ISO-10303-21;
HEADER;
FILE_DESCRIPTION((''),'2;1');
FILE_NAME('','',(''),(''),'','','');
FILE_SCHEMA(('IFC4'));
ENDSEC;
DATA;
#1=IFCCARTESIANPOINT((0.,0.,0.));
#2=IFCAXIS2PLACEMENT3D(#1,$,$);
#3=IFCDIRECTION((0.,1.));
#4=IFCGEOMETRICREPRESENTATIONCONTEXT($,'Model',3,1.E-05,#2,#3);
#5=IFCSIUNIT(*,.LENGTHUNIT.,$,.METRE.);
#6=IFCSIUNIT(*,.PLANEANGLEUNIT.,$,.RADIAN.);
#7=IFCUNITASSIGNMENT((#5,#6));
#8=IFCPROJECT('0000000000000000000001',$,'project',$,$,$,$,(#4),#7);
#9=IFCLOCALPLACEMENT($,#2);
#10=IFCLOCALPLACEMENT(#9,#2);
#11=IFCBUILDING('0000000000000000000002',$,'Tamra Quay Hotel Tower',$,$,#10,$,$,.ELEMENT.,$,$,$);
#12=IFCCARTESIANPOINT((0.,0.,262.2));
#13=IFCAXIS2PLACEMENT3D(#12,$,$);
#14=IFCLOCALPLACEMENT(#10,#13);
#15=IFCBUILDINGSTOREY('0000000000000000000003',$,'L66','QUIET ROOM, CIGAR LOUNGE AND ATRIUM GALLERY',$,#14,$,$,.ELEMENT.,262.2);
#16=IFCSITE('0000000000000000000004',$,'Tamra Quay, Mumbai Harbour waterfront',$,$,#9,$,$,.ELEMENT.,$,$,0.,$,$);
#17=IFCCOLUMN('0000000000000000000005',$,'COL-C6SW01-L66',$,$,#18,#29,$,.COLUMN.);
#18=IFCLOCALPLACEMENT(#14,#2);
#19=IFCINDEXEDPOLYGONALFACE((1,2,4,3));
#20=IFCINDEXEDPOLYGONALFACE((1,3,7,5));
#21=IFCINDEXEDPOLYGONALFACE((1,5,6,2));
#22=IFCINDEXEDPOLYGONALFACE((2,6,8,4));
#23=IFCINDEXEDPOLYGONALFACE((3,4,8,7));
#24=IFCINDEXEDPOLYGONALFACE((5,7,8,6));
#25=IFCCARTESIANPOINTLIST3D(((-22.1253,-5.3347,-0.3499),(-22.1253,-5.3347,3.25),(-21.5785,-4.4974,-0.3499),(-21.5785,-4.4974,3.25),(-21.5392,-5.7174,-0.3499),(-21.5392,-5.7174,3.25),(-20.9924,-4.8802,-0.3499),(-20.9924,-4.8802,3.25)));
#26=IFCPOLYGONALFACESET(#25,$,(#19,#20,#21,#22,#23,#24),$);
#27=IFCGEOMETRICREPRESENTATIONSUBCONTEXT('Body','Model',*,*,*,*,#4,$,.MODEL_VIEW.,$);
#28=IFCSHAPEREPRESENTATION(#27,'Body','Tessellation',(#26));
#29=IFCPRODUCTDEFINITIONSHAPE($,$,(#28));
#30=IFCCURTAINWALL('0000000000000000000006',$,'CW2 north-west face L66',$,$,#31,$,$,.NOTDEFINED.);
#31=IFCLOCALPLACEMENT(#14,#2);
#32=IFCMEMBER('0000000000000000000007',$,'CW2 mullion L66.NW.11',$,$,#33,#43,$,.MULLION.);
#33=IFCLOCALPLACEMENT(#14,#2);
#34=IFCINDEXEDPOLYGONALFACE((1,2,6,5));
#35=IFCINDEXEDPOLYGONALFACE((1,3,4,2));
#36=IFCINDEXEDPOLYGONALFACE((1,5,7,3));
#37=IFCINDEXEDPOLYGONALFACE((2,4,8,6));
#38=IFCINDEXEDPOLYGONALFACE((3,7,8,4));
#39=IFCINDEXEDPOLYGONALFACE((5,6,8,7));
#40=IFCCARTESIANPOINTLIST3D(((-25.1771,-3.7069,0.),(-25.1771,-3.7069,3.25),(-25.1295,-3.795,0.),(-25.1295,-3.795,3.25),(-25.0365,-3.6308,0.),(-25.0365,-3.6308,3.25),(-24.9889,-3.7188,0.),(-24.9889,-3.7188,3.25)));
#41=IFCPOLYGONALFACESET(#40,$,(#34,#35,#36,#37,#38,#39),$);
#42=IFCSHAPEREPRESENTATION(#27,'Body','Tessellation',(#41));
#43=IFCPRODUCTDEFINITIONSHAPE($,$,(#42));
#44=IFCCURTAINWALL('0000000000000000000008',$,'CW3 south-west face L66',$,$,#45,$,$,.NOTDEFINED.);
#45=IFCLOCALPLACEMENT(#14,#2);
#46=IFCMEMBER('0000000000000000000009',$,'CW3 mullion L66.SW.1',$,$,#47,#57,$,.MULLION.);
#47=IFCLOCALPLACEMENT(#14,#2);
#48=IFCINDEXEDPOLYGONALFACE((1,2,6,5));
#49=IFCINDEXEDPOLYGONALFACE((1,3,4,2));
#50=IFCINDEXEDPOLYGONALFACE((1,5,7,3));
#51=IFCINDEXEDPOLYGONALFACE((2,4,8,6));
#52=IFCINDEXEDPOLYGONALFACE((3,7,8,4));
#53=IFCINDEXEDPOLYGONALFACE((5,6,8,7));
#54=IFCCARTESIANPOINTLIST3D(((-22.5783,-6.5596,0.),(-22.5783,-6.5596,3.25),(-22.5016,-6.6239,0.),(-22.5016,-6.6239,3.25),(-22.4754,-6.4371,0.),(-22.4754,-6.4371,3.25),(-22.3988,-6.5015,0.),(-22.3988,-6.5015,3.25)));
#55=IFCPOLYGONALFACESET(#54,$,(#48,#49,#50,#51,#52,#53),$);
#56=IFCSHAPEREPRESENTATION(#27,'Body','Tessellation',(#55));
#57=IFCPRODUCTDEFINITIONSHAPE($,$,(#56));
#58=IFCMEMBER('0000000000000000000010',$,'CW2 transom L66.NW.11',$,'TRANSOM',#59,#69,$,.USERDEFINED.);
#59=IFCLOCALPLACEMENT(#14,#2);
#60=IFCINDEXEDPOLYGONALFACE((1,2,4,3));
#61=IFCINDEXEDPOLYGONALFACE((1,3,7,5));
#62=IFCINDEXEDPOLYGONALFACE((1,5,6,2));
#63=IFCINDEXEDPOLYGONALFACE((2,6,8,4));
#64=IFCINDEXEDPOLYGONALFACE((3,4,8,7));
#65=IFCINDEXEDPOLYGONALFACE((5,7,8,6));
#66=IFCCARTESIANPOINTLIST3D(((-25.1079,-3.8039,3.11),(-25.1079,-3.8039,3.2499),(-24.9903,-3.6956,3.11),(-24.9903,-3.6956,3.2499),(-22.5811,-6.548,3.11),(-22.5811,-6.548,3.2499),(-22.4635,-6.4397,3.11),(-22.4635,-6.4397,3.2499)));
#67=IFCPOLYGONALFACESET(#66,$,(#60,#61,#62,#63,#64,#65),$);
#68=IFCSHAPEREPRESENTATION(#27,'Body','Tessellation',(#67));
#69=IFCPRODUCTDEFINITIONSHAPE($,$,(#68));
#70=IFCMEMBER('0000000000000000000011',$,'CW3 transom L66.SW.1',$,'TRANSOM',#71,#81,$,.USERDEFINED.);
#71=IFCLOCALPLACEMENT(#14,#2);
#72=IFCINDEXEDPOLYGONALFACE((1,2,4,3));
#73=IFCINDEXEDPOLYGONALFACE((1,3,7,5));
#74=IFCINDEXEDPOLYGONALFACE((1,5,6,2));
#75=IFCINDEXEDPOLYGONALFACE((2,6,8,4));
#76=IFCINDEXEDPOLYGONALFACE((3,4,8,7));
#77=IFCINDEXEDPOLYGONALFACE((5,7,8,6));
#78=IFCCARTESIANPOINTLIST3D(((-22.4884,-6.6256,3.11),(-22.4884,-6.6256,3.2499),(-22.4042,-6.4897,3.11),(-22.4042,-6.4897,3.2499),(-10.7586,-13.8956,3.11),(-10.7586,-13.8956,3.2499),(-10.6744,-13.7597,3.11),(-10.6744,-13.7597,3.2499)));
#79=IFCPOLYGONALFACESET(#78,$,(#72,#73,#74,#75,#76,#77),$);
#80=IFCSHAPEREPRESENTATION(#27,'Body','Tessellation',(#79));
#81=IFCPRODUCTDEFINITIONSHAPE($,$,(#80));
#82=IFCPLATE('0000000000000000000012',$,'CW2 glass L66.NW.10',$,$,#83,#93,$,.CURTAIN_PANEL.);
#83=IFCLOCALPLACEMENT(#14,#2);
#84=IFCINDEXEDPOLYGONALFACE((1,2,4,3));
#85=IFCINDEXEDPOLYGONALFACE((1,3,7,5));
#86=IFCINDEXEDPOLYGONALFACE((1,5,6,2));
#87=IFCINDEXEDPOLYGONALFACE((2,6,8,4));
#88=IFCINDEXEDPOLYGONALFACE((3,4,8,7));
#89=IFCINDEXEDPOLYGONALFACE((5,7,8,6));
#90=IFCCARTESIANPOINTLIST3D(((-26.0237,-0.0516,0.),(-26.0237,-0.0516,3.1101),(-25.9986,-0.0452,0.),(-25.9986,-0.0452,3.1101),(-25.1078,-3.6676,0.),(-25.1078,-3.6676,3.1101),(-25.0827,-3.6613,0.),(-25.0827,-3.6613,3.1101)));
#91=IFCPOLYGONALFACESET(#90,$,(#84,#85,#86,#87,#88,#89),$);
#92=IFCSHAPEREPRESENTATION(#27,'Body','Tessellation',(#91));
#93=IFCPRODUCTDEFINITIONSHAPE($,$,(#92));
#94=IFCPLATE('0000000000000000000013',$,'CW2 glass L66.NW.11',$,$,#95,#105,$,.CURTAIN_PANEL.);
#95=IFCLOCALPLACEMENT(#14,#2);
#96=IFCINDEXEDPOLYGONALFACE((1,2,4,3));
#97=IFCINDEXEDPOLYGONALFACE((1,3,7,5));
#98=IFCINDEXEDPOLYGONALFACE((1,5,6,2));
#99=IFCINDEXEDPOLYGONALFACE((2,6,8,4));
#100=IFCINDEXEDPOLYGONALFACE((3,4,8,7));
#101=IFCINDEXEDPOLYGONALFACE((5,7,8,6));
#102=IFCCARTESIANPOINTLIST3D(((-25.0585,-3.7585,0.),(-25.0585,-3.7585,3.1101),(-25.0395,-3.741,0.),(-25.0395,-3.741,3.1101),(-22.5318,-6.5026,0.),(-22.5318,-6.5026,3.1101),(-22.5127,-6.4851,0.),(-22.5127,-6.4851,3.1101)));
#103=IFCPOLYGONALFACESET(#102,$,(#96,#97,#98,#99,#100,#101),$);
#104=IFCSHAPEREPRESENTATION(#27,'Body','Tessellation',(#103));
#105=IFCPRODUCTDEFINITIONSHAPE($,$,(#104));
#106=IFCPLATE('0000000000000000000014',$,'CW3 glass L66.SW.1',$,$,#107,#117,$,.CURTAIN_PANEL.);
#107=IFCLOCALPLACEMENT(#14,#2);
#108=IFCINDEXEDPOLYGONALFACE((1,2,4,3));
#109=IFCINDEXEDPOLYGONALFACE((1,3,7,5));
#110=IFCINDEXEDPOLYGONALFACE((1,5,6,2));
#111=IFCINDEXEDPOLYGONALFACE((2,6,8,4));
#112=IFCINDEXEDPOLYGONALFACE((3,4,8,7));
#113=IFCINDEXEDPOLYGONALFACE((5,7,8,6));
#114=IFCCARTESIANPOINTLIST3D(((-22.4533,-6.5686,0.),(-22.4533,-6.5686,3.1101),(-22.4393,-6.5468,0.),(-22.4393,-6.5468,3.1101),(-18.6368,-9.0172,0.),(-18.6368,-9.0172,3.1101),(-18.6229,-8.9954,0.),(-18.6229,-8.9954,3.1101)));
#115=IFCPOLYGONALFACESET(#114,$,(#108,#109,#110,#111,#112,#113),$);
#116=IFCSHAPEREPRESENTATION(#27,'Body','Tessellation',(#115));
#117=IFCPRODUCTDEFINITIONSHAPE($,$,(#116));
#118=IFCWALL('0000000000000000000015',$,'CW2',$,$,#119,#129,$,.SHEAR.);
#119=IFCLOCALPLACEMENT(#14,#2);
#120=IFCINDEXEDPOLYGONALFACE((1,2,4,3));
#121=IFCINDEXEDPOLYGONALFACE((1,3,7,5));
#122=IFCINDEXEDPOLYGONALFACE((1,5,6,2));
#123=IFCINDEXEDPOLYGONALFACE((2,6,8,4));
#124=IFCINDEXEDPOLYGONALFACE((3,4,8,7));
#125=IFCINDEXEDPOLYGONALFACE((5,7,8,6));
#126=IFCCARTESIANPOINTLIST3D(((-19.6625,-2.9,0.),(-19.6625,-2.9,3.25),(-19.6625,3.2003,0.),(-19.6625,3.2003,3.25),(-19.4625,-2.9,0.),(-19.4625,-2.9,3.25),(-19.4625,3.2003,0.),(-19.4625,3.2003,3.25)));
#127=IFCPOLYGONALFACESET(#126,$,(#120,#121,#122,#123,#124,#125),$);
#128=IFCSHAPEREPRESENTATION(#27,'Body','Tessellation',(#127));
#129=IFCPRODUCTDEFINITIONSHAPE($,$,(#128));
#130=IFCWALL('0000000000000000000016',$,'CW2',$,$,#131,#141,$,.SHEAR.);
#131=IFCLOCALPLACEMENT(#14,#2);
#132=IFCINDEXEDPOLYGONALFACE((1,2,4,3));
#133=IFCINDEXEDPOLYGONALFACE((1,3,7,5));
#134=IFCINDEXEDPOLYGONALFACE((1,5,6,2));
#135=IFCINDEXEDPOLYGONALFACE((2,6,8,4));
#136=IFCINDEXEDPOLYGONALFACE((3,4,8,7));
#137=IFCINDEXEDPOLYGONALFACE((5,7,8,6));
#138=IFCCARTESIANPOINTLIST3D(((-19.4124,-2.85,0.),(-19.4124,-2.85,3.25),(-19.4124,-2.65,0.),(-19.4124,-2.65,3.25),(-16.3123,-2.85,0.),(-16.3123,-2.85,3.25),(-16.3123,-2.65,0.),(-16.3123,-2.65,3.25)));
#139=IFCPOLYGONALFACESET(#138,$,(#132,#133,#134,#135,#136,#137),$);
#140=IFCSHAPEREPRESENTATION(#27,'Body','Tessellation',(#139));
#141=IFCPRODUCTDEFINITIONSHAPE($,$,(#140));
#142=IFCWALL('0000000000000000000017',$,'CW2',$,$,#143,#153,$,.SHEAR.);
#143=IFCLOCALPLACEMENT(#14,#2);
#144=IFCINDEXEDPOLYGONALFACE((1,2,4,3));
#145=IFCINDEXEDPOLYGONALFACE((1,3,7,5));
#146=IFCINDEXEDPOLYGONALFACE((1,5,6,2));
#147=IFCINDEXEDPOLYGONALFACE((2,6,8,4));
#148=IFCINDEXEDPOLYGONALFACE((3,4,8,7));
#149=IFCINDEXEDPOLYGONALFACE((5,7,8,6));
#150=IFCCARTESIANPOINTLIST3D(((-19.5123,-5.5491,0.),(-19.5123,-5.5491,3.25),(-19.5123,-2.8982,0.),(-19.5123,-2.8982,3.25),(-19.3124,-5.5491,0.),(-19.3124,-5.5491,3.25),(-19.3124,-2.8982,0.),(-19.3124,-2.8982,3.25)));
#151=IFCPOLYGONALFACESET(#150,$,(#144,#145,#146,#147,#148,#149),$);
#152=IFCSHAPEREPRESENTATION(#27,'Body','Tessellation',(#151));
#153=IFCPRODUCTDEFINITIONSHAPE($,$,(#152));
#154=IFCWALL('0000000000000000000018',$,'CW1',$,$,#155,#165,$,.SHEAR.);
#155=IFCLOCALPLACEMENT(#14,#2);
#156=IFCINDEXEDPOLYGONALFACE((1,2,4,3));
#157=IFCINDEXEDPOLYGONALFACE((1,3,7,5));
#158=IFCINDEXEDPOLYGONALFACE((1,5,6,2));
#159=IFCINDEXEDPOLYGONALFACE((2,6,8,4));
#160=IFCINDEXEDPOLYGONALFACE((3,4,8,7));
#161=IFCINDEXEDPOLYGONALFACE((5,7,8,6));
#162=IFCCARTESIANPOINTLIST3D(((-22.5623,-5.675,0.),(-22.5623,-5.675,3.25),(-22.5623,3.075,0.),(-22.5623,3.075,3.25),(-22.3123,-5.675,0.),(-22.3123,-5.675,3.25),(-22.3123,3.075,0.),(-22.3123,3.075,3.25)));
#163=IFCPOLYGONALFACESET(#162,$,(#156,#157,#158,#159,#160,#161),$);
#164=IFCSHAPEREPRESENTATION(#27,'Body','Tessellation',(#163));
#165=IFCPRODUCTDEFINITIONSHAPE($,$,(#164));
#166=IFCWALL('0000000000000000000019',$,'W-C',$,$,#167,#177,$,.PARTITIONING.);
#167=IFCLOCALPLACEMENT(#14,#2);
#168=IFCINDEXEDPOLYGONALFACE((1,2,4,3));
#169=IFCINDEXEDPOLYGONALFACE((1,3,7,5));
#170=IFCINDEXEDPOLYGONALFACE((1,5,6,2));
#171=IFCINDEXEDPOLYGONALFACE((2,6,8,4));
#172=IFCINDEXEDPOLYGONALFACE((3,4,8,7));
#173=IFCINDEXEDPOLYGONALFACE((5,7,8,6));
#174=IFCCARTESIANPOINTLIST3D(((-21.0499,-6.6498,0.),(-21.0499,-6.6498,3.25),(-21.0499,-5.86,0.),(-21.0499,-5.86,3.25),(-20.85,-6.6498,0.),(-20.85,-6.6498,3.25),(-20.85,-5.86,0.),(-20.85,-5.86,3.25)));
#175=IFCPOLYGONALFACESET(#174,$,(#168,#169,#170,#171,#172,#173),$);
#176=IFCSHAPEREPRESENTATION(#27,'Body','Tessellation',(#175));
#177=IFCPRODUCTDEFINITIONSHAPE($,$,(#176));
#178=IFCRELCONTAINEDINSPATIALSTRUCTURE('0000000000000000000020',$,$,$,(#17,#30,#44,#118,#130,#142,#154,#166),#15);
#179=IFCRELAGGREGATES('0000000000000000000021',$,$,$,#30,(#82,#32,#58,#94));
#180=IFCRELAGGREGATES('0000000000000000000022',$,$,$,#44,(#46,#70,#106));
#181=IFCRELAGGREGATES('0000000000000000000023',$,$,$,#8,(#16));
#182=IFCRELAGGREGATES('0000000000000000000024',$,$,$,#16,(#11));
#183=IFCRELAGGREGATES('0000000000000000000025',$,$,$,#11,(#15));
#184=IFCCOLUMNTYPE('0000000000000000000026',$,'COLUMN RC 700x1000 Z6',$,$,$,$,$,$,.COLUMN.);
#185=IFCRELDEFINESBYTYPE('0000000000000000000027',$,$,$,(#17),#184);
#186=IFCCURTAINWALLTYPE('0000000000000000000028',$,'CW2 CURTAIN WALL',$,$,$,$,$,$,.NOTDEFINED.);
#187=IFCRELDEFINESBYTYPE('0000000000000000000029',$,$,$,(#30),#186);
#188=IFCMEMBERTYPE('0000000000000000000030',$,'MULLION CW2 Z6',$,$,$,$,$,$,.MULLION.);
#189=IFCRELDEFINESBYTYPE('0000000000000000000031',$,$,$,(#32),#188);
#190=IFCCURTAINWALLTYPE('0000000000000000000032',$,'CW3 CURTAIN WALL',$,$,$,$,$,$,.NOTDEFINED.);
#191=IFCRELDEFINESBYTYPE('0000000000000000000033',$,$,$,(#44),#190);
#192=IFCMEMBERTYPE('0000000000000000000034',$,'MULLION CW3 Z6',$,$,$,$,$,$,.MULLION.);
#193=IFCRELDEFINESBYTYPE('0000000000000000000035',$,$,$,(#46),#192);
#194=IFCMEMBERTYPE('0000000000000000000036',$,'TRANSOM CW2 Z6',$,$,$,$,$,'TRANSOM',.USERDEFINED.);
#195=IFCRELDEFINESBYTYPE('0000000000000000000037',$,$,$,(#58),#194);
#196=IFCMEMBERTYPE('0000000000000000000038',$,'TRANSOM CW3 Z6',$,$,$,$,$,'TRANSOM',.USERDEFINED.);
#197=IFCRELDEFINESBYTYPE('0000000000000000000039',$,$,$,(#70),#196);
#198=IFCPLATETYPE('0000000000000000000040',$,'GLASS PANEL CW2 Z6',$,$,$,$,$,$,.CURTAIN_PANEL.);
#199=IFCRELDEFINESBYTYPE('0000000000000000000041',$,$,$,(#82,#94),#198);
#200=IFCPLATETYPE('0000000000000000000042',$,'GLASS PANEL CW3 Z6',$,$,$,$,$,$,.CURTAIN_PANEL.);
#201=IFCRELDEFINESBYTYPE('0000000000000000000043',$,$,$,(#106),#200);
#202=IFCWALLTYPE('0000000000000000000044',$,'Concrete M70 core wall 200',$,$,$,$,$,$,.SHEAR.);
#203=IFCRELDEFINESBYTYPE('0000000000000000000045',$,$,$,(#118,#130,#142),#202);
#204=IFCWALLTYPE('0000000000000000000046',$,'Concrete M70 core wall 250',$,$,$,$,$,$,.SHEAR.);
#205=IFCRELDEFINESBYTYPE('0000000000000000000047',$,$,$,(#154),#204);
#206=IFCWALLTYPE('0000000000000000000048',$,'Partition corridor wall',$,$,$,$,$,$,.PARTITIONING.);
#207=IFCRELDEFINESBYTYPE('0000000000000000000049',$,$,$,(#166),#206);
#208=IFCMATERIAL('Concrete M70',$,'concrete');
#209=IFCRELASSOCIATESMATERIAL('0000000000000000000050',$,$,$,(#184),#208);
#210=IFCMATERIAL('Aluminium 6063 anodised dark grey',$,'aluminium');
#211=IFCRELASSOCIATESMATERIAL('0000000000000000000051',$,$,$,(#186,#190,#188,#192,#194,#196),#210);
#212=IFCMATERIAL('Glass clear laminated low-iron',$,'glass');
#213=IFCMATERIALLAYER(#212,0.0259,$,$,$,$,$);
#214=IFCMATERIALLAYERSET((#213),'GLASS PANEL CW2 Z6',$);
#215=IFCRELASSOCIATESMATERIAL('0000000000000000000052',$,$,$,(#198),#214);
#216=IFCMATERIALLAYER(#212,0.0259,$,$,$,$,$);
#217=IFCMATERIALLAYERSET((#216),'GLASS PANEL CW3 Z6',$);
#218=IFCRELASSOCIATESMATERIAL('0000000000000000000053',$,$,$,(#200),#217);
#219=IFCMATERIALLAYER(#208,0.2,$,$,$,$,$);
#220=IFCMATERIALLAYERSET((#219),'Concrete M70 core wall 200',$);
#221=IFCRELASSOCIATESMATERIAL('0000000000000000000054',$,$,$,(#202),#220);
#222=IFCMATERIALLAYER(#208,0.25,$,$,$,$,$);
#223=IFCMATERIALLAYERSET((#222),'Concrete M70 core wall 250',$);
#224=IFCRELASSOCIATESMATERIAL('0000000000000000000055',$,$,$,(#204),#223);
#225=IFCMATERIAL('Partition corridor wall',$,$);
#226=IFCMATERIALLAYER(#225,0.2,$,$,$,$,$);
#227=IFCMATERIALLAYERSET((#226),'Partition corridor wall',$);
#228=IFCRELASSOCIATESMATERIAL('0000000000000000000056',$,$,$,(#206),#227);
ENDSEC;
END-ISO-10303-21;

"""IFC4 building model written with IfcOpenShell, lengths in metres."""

from ifc_helpers import new_model, si_unit, direction, frame, frame_2d, origin, origin_2d, place, context, subcontext, project, spatial, rectangle, extrude, material, layer, layer_set, material_profile, profile_set, type_object, element, aggregate, save


model = new_model("IFC4")

# Units and contexts
model_context = context("Model", 3, precision=1e-05, world=origin(), true_north=direction((0.0, 1.0)))
body_context = subcontext(model_context, "Body", "Model", "MODEL_VIEW")
ifc_project = project(units=[si_unit("LENGTHUNIT", "METRE"), si_unit("PLANEANGLEUNIT", "RADIAN")], contexts=[model_context])

# Site, building, storey
site_placement = place(None, origin())
site = spatial("IfcSite", under=ifc_project, at=site_placement, Name="Tamra Quay, Mumbai Harbour waterfront", CompositionType="ELEMENT", RefElevation=0.0)
building_placement = place(site_placement, origin())
building = spatial("IfcBuilding", under=site, at=building_placement, Name="Tamra Quay Hotel Tower", CompositionType="ELEMENT")
storey_placement = place(building_placement, frame((0.0, 0.0, 262.2)))
storey = spatial("IfcBuildingStorey", under=building, at=storey_placement, Name="L66", Description="QUIET ROOM, CIGAR LOUNGE AND ATRIUM GALLERY", CompositionType="ELEMENT", Elevation=262.2)

# Column
ifc_material_1 = material(Name="Concrete M70", Category="concrete")
ifc_material_profile_1 = material_profile(ifc_material_1, rectangle(XDim=1.0, YDim=0.7, at=origin_2d()), Name="COLUMN RC 700x1000 Z6")
ifc_profile_set_1 = profile_set([ifc_material_profile_1], Name="Concrete M70")
column_type = type_object("IfcColumnType", Name="COLUMN RC 700x1000 Z6", PredefinedType="COLUMN", material=ifc_profile_set_1)
column_placement = place(storey_placement, frame((-21.5588, -5.1074, -0.3499), z_axis=(0.0, 0.0, 1.0), x_axis=(0.546805, 0.83726, 0.0)))
element("IfcColumn", 1, at=column_placement, inside=storey, type_object=column_type, Name="COL-C6SW01-L66", PredefinedType="COLUMN", context=body_context, shape_type="SweptSolid", body=[
    extrude(rectangle(XDim=1.0, YDim=0.7, at=origin_2d()), origin(), (0.0, 0.0, 1.0), 3.5999),
])

# Curtain walls, members
ifc_material_2 = material(Name="Aluminium 6063 anodised dark grey", Category="aluminium")
curtain_wall_type_1 = type_object("IfcCurtainWallType", Name="CW2 CURTAIN WALL", PredefinedType="NOTDEFINED", material=ifc_material_2)
curtain_wall_1_placement = place(storey_placement, origin())
curtain_wall_1 = element("IfcCurtainWall", 2, at=curtain_wall_1_placement, inside=storey, type_object=curtain_wall_type_1, Name="CW2 north-west face L66", PredefinedType="NOTDEFINED")
ifc_material_profile_2 = material_profile(ifc_material_2, rectangle(XDim=0.1599, YDim=0.1001, at=origin_2d()), Name="MULLION 100X160")
ifc_profile_set_2 = profile_set([ifc_material_profile_2], Name="Aluminium 6063 anodised dark grey")
member_type_1 = type_object("IfcMemberType", Name="MULLION CW2 Z6", PredefinedType="MULLION", material=ifc_profile_set_2)
member_1_placement = place(storey_placement, frame((-25.083, -3.7129, 0.0), z_axis=(0.0, 0.0, 1.0), x_axis=(-0.879433, -0.476023, 0.0)))
member_1 = element("IfcMember", 3, at=member_1_placement, type_object=member_type_1, Name="CW2 mullion L66.NW.11", PredefinedType="MULLION", context=body_context, shape_type="SweptSolid", body=[
    extrude(rectangle(XDim=0.1599, YDim=0.1001, at=origin_2d()), origin(), (0.0, 0.0, 1.0), 3.25),
])
curtain_wall_type_2 = type_object("IfcCurtainWallType", Name="CW3 CURTAIN WALL", PredefinedType="NOTDEFINED", material=ifc_material_2)
curtain_wall_2_placement = place(storey_placement, origin())
curtain_wall_2 = element("IfcCurtainWall", 4, at=curtain_wall_2_placement, inside=storey, type_object=curtain_wall_type_2, Name="CW3 south-west face L66", PredefinedType="NOTDEFINED")
ifc_material_profile_3 = material_profile(ifc_material_2, rectangle(XDim=0.1599, YDim=0.1001, at=origin_2d()), Name="MULLION 100X160")
ifc_profile_set_3 = profile_set([ifc_material_profile_3], Name="Aluminium 6063 anodised dark grey")
member_type_2 = type_object("IfcMemberType", Name="MULLION CW3 Z6", PredefinedType="MULLION", material=ifc_profile_set_3)
member_2_placement = place(storey_placement, frame((-22.4885, -6.5305, 0.0), z_axis=(0.0, 0.0, 1.0), x_axis=(-0.643086, -0.765794, 0.0)))
member_2 = element("IfcMember", 5, at=member_2_placement, type_object=member_type_2, Name="CW3 mullion L66.SW.1", PredefinedType="MULLION", context=body_context, shape_type="SweptSolid", body=[
    extrude(rectangle(XDim=0.1599, YDim=0.1001, at=origin_2d()), origin(), (0.0, 0.0, 1.0), 3.25),
])

# Members
ifc_material_profile_4 = material_profile(ifc_material_2, rectangle(XDim=0.1599, YDim=0.1399, at=origin_2d()), Name="TRANSOM 160X140")
ifc_profile_set_4 = profile_set([ifc_material_profile_4], Name="Aluminium 6063 anodised dark grey")
member_type_3 = type_object("IfcMemberType", Name="TRANSOM CW2 Z6", ElementType="TRANSOM", PredefinedType="USERDEFINED", material=ifc_profile_set_4)
member_3_placement = place(storey_placement, frame((-25.0491, -3.7498, 3.1799), z_axis=(0.677383, -0.735631, 0.0), x_axis=(0.735631, 0.677383, 0.0)))
member_3 = element("IfcMember", 6, at=member_3_placement, type_object=member_type_3, Name="CW2 transom L66.NW.11", ObjectType="TRANSOM", PredefinedType="USERDEFINED", context=body_context, shape_type="SweptSolid", body=[
    extrude(rectangle(XDim=0.1599, YDim=0.1399, at=origin_2d()), origin(), (0.0, 0.0, 1.0), 3.7302),
])
ifc_material_profile_5 = material_profile(ifc_material_2, rectangle(XDim=0.1599, YDim=0.1399, at=origin_2d()), Name="TRANSOM 160X140")
ifc_profile_set_5 = profile_set([ifc_material_profile_5], Name="Aluminium 6063 anodised dark grey")
member_type_4 = type_object("IfcMemberType", Name="TRANSOM CW3 Z6", ElementType="TRANSOM", PredefinedType="USERDEFINED", material=ifc_profile_set_5)
member_4_placement = place(storey_placement, frame((-22.4463, -6.5576, 3.1799), z_axis=(0.849981, -0.526813, 0.0), x_axis=(0.526813, 0.849981, 0.0)))
member_4 = element("IfcMember", 7, at=member_4_placement, type_object=member_type_4, Name="CW3 transom L66.SW.1", ObjectType="TRANSOM", PredefinedType="USERDEFINED", context=body_context, shape_type="SweptSolid", body=[
    extrude(rectangle(XDim=0.1599, YDim=0.1399, at=origin_2d()), origin(), (0.0, 0.0, 1.0), 13.8),
])

# Plates
ifc_material_3 = material(Name="Glass clear laminated low-iron", Category="glass")
ifc_layer_1 = layer(ifc_material_3, 0.0259)
ifc_layer_set_1 = layer_set([ifc_layer_1], Name="GLASS PANEL CW2 Z6")
plate_type_1 = type_object("IfcPlateType", Name="GLASS PANEL CW2 Z6", PredefinedType="CURTAIN_PANEL", material=ifc_layer_set_1)
plate_1_placement = place(storey_placement, frame((-25.5532, -1.8564, 0.0), z_axis=(0.0, 0.0, 1.0), x_axis=(0.245527, -0.96939, 0.0)))
plate_1 = element("IfcPlate", 8, at=plate_1_placement, type_object=plate_type_1, Name="CW2 glass L66.NW.10", PredefinedType="CURTAIN_PANEL", context=body_context, shape_type="SweptSolid", body=[
    extrude(rectangle(XDim=3.7302, YDim=0.0259, at=origin_2d()), origin(), (0.0, 0.0, 1.0), 3.1101),
])
plate_2_placement = place(storey_placement, frame((-23.7856, -5.1218, 0.0), z_axis=(0.0, 0.0, 1.0), x_axis=(0.677376, -0.735637, 0.0)))
plate_2 = element("IfcPlate", 9, at=plate_2_placement, type_object=plate_type_1, Name="CW2 glass L66.NW.11", PredefinedType="CURTAIN_PANEL", context=body_context, shape_type="SweptSolid", body=[
    extrude(rectangle(XDim=3.7302, YDim=0.0259, at=origin_2d()), origin(), (0.0, 0.0, 1.0), 3.1101),
])
aggregate(curtain_wall_1, [plate_1, member_1, member_3, plate_2])
ifc_layer_2 = layer(ifc_material_3, 0.0259)
ifc_layer_set_2 = layer_set([ifc_layer_2], Name="GLASS PANEL CW3 Z6")
plate_type_2 = type_object("IfcPlateType", Name="GLASS PANEL CW3 Z6", PredefinedType="CURTAIN_PANEL", material=ifc_layer_set_2)
plate_3_placement = place(storey_placement, frame((-20.5381, -7.782, 0.0), z_axis=(0.0, 0.0, 1.0), x_axis=(0.841665, -0.54, 0.0)))
plate_3 = element("IfcPlate", 10, at=plate_3_placement, type_object=plate_type_2, Name="CW3 glass L66.SW.1", PredefinedType="CURTAIN_PANEL", context=body_context, shape_type="SweptSolid", body=[
    extrude(rectangle(XDim=4.5344, YDim=0.0259, at=origin_2d()), origin(), (0.0, 0.0, 1.0), 3.1101),
])
aggregate(curtain_wall_2, [member_2, member_4, plate_3])

# Walls
ifc_layer_3 = layer(ifc_material_1, 0.2)
ifc_layer_set_3 = layer_set([ifc_layer_3], Name="Concrete M70 core wall 200")
wall_type_1 = type_object("IfcWallType", Name="Concrete M70 core wall 200", PredefinedType="SHEAR", material=ifc_layer_set_3)
wall_1_placement = place(storey_placement, frame((-19.5625, -2.9001, 0.0), z_axis=(0.0, 0.0, 1.0), x_axis=(0.0, 1.0, 0.0)))
element("IfcWall", 11, at=wall_1_placement, inside=storey, type_object=wall_type_1, Name="CW2", PredefinedType="SHEAR", context=body_context, shape_type="SweptSolid", body=[
    extrude(rectangle(XDim=6.1003, YDim=0.2, at=frame_2d((3.0503, 0.0))), origin(), (0.0, 0.0, 1.0), 3.25),
])
wall_2_placement = place(storey_placement, frame((-19.4124, -2.75, 0.0), z_axis=(0.0, 0.0, 1.0), x_axis=(1.0, 0.0, 0.0)))
element("IfcWall", 12, at=wall_2_placement, inside=storey, type_object=wall_type_1, Name="CW2", PredefinedType="SHEAR", context=body_context, shape_type="SweptSolid", body=[
    extrude(rectangle(XDim=3.1001, YDim=0.2, at=frame_2d((1.55, 0.0))), origin(), (0.0, 0.0, 1.0), 3.25),
])
wall_3_placement = place(storey_placement, frame((-19.4124, -5.5491, 0.0), z_axis=(0.0, 0.0, 1.0), x_axis=(0.0, 1.0, 0.0)))
element("IfcWall", 13, at=wall_3_placement, inside=storey, type_object=wall_type_1, Name="CW2", PredefinedType="SHEAR", context=body_context, shape_type="SweptSolid", body=[
    extrude(rectangle(XDim=2.6509, YDim=0.2, at=frame_2d((1.3254, 0.0))), origin(), (0.0, 0.0, 1.0), 3.25),
])
ifc_layer_4 = layer(ifc_material_1, 0.25)
ifc_layer_set_4 = layer_set([ifc_layer_4], Name="Concrete M70 core wall 250")
wall_type_2 = type_object("IfcWallType", Name="Concrete M70 core wall 250", PredefinedType="SHEAR", material=ifc_layer_set_4)
wall_4_placement = place(storey_placement, frame((-22.4373, -5.675, 0.0), z_axis=(0.0, 0.0, 1.0), x_axis=(0.0, 1.0, 0.0)))
element("IfcWall", 14, at=wall_4_placement, inside=storey, type_object=wall_type_2, Name="CW1", PredefinedType="SHEAR", context=body_context, shape_type="SweptSolid", body=[
    extrude(rectangle(XDim=8.75, YDim=0.25, at=frame_2d((4.375, 0.0))), origin(), (0.0, 0.0, 1.0), 3.25),
])
ifc_material_4 = material(Name="Partition corridor wall")
ifc_layer_5 = layer(ifc_material_4, 0.2)
ifc_layer_set_5 = layer_set([ifc_layer_5], Name="Partition corridor wall")
wall_type_3 = type_object("IfcWallType", Name="Partition corridor wall", PredefinedType="PARTITIONING", material=ifc_layer_set_5)
wall_5_placement = place(storey_placement, frame((-20.95, -6.6499, 0.0), z_axis=(0.0, 0.0, 1.0), x_axis=(0.0, 1.0, 0.0)))
element("IfcWall", 15, at=wall_5_placement, inside=storey, type_object=wall_type_3, Name="W-C", PredefinedType="PARTITIONING", context=body_context, shape_type="SweptSolid", body=[
    extrude(rectangle(XDim=0.7898, YDim=0.2, at=frame_2d((0.395, 0.0))), origin(), (0.0, 0.0, 1.0), 3.25),
])

save(model, "model.ifc")
